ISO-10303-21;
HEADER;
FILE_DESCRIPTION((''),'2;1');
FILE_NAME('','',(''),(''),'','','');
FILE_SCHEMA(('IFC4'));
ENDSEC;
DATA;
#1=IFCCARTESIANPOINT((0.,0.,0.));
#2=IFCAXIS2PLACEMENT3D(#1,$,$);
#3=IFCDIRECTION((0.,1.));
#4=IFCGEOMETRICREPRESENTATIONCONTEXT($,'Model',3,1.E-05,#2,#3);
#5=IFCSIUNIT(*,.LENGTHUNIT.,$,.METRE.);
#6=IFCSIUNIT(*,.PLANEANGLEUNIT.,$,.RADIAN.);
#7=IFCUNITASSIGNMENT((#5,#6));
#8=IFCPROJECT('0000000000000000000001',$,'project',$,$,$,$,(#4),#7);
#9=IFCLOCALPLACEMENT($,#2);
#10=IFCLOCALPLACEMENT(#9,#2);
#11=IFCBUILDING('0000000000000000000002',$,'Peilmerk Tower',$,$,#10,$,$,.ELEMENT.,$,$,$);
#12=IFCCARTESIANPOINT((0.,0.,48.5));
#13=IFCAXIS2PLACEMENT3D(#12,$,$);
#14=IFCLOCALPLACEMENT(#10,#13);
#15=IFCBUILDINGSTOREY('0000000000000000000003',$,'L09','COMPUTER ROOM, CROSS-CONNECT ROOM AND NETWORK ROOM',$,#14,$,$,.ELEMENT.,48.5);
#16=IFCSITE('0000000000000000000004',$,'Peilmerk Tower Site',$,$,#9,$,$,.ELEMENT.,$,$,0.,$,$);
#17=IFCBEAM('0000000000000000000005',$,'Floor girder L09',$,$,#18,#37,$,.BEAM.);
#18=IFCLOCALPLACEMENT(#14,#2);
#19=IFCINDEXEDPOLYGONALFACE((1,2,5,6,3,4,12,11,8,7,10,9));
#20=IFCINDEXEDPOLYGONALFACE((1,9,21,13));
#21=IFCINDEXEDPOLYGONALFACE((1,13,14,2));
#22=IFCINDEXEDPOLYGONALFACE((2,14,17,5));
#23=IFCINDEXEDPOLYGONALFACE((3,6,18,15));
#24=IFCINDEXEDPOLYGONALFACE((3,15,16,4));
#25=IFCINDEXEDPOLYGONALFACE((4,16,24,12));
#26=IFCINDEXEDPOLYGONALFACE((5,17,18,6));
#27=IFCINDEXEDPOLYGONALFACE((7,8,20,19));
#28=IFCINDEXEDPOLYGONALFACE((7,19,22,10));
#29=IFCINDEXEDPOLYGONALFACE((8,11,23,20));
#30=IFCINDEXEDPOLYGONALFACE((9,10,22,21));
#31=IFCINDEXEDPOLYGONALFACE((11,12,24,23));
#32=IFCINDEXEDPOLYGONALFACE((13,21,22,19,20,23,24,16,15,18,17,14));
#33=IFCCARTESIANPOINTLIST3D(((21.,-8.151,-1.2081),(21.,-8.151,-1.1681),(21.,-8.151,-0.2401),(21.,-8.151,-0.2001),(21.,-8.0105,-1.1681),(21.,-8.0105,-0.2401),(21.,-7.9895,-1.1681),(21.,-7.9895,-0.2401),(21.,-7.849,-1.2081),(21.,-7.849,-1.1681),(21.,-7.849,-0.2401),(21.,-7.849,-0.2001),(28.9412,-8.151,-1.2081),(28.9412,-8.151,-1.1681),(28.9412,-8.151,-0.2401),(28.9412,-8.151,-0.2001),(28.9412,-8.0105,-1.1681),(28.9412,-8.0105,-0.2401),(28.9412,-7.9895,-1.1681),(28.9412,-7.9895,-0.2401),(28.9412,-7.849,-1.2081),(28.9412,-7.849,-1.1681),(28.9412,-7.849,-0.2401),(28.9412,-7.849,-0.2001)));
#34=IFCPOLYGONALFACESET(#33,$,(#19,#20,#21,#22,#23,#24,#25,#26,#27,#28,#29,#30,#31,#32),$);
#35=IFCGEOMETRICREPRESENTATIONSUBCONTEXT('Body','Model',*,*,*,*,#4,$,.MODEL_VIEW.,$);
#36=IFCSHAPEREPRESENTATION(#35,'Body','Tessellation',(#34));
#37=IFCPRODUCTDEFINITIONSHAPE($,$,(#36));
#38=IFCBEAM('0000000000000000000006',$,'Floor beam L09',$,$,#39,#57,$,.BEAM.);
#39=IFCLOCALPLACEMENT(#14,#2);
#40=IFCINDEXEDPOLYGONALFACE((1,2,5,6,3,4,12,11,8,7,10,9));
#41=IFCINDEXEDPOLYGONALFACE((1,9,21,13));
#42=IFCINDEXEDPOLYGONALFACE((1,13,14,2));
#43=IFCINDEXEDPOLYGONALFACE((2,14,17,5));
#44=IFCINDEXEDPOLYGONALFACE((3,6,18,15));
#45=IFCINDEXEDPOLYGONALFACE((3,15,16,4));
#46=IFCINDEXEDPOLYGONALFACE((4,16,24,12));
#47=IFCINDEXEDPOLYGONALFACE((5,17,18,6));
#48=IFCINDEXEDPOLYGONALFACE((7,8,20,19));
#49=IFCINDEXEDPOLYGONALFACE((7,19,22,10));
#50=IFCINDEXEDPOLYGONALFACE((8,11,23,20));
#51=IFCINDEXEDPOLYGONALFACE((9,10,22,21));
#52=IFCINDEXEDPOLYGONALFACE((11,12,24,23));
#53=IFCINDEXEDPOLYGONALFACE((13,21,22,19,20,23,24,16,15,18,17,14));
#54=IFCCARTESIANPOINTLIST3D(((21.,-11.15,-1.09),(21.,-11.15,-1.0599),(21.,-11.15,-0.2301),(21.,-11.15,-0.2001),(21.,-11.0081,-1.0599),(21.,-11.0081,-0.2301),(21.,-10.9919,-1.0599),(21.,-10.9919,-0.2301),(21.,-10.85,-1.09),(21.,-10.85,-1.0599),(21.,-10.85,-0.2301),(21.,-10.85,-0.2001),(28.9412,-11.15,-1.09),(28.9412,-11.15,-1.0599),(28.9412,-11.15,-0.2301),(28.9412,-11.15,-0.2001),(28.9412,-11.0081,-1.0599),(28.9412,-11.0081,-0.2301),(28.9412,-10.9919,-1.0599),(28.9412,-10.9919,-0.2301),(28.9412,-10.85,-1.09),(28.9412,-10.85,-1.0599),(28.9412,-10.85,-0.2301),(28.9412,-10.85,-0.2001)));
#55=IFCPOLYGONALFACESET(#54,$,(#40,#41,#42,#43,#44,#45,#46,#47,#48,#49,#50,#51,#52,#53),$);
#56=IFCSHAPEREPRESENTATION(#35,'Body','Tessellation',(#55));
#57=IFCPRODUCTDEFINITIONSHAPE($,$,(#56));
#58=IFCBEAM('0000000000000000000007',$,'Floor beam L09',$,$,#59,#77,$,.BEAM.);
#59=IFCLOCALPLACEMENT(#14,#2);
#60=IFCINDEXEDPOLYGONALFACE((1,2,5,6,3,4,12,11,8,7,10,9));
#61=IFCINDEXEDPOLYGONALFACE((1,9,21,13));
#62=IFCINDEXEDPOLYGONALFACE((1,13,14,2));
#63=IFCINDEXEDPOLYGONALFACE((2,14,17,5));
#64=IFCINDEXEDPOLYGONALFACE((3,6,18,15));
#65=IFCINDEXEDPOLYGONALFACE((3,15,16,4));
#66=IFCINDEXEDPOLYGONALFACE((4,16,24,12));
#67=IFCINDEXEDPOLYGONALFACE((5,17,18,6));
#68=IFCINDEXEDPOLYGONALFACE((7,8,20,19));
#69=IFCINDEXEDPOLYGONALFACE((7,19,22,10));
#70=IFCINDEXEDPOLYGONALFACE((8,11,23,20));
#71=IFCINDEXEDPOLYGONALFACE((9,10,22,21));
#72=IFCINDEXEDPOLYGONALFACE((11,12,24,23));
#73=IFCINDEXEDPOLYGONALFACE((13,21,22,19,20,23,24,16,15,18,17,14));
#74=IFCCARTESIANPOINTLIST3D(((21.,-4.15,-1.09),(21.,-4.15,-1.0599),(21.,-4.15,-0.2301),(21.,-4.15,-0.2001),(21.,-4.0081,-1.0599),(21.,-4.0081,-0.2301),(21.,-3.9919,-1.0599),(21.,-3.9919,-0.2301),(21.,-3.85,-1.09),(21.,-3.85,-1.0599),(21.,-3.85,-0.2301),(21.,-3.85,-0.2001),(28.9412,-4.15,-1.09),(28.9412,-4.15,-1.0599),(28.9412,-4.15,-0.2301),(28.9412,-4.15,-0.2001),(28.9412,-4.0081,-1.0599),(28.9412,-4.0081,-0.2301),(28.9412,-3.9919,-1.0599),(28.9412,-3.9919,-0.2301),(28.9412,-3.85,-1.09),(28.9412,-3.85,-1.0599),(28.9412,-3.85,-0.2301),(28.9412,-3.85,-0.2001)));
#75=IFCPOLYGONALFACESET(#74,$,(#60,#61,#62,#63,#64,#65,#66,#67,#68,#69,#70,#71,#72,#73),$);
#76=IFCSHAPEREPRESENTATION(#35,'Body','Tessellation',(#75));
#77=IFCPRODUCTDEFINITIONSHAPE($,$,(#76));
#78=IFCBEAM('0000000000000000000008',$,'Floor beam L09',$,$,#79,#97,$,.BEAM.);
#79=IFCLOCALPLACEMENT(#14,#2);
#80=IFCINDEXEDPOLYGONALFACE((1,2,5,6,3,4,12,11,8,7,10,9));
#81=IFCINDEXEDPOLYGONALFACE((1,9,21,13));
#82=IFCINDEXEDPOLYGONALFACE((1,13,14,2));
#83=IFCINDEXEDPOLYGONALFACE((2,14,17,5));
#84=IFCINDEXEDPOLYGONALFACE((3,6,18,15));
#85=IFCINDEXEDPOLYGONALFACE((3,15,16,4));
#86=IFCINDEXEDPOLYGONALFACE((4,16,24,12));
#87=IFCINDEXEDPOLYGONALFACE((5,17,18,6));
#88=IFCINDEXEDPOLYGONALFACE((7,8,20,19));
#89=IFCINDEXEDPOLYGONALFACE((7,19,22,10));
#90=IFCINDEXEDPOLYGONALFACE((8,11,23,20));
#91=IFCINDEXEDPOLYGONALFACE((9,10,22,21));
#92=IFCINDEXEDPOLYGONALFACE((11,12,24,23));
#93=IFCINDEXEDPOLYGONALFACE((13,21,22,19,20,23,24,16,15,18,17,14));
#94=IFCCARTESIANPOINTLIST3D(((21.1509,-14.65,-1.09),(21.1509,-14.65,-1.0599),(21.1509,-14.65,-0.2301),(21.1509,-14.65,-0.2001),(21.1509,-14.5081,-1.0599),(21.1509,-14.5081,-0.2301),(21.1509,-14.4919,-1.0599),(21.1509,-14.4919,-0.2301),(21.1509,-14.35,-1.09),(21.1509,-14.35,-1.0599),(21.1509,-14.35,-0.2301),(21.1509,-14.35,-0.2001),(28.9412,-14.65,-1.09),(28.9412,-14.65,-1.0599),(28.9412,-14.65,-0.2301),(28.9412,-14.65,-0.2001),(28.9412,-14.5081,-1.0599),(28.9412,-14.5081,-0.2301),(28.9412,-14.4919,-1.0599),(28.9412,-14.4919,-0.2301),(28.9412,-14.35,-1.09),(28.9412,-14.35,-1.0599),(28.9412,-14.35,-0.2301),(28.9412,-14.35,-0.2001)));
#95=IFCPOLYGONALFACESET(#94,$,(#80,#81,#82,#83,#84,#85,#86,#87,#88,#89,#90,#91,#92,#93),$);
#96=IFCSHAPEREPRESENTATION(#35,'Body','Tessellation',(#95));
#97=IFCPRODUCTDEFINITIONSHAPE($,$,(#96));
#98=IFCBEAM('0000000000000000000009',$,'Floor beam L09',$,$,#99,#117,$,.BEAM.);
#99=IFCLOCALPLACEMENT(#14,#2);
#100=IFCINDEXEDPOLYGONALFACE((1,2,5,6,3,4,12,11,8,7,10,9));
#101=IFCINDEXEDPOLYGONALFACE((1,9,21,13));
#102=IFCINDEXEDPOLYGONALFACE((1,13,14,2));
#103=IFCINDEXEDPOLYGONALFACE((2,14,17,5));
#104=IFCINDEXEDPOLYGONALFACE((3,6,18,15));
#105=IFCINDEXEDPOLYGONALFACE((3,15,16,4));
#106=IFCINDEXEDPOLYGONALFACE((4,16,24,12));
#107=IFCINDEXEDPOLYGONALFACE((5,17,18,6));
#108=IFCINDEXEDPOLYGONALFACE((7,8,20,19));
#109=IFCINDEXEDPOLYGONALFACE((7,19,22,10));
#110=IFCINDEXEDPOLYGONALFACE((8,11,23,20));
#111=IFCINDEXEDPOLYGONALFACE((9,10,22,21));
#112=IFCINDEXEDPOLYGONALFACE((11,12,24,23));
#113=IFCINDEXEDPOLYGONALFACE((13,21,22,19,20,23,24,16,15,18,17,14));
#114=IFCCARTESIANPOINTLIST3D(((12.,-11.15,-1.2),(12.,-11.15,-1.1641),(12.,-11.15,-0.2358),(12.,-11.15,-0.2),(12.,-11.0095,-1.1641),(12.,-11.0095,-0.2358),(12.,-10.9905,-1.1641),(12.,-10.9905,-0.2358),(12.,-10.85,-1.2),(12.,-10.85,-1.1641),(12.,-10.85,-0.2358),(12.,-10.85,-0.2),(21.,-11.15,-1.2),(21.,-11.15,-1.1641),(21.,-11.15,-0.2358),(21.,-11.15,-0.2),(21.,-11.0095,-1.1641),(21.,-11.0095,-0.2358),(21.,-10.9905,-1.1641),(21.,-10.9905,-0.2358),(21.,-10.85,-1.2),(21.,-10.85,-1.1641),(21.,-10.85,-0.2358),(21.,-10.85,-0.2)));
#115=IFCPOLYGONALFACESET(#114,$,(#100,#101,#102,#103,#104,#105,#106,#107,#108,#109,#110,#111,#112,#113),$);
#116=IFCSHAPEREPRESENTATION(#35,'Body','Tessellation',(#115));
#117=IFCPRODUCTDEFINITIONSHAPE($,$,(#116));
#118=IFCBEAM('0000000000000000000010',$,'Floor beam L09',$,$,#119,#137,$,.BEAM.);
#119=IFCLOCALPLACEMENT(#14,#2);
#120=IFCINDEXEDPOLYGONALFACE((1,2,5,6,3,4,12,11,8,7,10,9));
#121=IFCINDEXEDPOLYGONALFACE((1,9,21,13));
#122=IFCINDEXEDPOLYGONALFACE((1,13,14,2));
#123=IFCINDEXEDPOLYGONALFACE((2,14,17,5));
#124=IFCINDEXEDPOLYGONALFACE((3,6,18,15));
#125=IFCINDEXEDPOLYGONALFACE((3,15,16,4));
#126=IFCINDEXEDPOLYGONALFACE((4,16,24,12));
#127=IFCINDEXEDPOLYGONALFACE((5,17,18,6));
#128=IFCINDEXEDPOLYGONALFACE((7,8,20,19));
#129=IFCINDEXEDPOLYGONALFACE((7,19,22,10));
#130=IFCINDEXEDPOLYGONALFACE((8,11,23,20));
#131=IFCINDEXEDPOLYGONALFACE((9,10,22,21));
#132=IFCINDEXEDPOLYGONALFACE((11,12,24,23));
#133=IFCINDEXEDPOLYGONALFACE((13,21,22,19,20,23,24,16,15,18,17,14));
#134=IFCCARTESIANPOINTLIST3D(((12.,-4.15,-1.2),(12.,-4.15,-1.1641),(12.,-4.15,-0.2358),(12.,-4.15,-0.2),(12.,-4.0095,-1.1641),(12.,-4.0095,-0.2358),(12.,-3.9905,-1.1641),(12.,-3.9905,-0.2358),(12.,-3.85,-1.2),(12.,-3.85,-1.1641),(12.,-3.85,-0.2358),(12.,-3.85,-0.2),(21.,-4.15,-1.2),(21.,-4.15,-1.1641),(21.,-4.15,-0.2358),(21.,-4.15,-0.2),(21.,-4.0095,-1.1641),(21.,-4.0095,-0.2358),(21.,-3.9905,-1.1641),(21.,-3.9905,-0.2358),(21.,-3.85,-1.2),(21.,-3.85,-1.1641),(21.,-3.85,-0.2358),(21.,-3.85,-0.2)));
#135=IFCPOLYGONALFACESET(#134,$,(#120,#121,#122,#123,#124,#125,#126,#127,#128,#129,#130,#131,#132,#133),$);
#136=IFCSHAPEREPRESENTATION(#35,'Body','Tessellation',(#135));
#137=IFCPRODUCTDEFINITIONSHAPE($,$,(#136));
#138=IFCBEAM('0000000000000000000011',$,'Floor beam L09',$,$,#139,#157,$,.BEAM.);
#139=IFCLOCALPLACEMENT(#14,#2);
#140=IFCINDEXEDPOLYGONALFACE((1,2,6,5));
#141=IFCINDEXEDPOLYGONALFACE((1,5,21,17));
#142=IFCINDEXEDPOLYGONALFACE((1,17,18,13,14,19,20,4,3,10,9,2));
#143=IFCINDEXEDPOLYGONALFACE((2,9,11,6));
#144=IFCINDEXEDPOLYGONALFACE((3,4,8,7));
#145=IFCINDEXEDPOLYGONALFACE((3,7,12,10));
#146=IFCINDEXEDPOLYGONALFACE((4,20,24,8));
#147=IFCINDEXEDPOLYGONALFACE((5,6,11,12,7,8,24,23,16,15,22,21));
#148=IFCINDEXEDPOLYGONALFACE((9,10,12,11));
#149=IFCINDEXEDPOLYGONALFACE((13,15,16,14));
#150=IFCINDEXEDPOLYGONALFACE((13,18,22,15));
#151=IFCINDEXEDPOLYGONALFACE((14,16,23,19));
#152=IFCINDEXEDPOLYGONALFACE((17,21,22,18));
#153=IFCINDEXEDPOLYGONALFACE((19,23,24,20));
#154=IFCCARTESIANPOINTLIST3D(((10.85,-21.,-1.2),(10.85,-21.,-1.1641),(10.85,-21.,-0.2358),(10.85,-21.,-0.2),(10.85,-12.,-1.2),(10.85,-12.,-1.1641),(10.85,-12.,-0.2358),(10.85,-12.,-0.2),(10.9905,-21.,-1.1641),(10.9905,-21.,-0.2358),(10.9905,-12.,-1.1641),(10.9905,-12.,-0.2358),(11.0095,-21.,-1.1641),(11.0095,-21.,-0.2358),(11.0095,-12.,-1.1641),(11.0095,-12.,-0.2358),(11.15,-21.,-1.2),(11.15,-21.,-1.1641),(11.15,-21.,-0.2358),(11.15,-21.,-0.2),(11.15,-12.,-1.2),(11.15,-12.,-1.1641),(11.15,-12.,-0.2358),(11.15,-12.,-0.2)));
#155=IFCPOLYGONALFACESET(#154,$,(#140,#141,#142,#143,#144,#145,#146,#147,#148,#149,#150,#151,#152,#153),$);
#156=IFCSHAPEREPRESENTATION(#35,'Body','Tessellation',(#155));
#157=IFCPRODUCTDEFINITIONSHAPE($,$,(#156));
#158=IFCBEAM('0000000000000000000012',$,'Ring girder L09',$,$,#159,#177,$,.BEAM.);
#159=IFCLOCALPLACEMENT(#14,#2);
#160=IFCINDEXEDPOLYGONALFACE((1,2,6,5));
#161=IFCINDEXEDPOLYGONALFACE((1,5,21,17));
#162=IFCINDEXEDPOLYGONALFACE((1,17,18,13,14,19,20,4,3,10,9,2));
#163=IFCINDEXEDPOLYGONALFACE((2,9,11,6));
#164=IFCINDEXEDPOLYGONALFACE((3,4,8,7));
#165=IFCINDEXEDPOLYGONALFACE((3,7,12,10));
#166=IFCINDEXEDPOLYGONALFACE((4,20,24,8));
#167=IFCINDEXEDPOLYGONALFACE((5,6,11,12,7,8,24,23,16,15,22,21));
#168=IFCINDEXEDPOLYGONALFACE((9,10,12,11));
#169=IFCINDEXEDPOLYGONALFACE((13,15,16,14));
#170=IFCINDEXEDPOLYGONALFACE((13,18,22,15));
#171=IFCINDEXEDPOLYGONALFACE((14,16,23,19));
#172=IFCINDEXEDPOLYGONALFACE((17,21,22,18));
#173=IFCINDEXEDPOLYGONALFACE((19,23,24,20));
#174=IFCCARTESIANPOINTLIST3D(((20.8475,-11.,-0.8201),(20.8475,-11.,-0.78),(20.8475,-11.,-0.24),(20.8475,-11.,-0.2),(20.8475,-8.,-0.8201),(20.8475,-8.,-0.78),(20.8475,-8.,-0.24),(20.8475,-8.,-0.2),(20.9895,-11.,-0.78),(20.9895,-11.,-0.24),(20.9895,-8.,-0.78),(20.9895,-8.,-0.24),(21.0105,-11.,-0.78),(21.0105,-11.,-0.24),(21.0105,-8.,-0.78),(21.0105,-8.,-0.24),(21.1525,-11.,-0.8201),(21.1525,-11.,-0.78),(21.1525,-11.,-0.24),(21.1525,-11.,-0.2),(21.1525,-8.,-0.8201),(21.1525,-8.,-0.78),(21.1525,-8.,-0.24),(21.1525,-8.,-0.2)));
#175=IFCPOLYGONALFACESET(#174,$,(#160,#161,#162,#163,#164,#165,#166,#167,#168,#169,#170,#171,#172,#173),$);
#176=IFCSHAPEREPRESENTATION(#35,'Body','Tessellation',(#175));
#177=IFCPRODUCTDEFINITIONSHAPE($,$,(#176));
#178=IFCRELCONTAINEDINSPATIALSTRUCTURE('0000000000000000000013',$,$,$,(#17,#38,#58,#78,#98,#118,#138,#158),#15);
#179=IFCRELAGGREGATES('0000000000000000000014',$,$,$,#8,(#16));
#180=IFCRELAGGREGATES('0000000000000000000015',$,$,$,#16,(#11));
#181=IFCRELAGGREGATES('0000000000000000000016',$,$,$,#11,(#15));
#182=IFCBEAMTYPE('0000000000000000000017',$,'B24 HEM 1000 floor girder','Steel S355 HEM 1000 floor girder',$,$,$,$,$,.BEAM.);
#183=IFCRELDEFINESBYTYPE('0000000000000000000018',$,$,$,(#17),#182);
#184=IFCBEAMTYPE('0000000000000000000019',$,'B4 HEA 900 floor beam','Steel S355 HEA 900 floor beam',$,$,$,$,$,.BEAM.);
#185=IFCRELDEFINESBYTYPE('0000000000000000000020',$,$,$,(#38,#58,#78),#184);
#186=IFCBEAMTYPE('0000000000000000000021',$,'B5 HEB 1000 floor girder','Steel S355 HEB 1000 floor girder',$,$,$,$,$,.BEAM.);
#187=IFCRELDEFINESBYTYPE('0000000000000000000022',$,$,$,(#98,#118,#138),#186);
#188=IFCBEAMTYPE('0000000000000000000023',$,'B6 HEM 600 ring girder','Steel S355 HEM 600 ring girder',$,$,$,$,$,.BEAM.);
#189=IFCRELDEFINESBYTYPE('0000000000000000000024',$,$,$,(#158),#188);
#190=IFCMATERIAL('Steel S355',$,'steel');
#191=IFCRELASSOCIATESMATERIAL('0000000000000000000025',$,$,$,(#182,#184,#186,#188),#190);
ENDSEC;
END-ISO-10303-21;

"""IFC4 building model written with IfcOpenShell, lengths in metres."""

from ifc_helpers import new_model, si_unit, direction, frame, origin, origin_2d, place, context, subcontext, project, spatial, i_section, extrude, material, material_profile, profile_set, type_object, element, save


model = new_model("IFC4")

# Units and contexts
model_context = context("Model", 3, precision=1e-05, world=origin(), true_north=direction((0.0, 1.0)))
body_context = subcontext(model_context, "Body", "Model", "MODEL_VIEW")
ifc_project = project(units=[si_unit("LENGTHUNIT", "METRE"), si_unit("PLANEANGLEUNIT", "RADIAN")], contexts=[model_context])

# Site, building, storey
site_placement = place(None, origin())
site = spatial("IfcSite", under=ifc_project, at=site_placement, Name="Peilmerk Tower Site", CompositionType="ELEMENT", RefElevation=0.0)
building_placement = place(site_placement, origin())
building = spatial("IfcBuilding", under=site, at=building_placement, Name="Peilmerk Tower", CompositionType="ELEMENT")
storey_placement = place(building_placement, frame((0.0, 0.0, 48.5)))
storey = spatial("IfcBuildingStorey", under=building, at=storey_placement, Name="L09", Description="COMPUTER ROOM, CROSS-CONNECT ROOM AND NETWORK ROOM", CompositionType="ELEMENT", Elevation=48.5)

# Beams
ifc_material_1 = material(Name="Steel S355", Category="steel")
ifc_material_profile_1 = material_profile(ifc_material_1, i_section(OverallWidth=0.302, OverallDepth=1.0081, WebThickness=0.021, FlangeThickness=0.04, at=origin_2d()), Name="HEM 1000")
ifc_profile_set_1 = profile_set([ifc_material_profile_1], Name="Steel S355")
beam_type_1 = type_object("IfcBeamType", Name="B24 HEM 1000 floor girder", Description="Steel S355 HEM 1000 floor girder", PredefinedType="BEAM", material=ifc_profile_set_1)
beam_1_placement = place(storey_placement, frame((21.0, -8.0, -0.7041), z_axis=(1.0, 0.0, 0.0), x_axis=(0.0, 1.0, 0.0)))
element("IfcBeam", 1, at=beam_1_placement, inside=storey, type_object=beam_type_1, Name="Floor girder L09", PredefinedType="BEAM", context=body_context, shape_type="SweptSolid", body=[
    extrude(i_section(OverallWidth=0.302, OverallDepth=1.0081, WebThickness=0.021, FlangeThickness=0.04, at=origin_2d()), origin(), (0.0, 0.0, 1.0), 7.9412),
])
ifc_material_profile_2 = material_profile(ifc_material_1, i_section(OverallWidth=0.3, OverallDepth=0.8899, WebThickness=0.0161, FlangeThickness=0.03, at=origin_2d()), Name="HEA 900")
ifc_profile_set_2 = profile_set([ifc_material_profile_2], Name="Steel S355")
beam_type_2 = type_object("IfcBeamType", Name="B4 HEA 900 floor beam", Description="Steel S355 HEA 900 floor beam", PredefinedType="BEAM", material=ifc_profile_set_2)
for number, where, z_axis, x_axis, name in (
    (2, (21.0, -11.0, -0.645), (1.0, 0.0, 0.0), (0.0, 1.0, 0.0), "Floor beam L09"),
    (3, (21.0, -4.0, -0.645), (1.0, 0.0, 0.0), (0.0, 1.0, 0.0), "Floor beam L09"),
):
    element("IfcBeam", number, at=place(storey_placement, frame(where, z_axis=z_axis, x_axis=x_axis)), inside=storey, type_object=beam_type_2, Name=name, PredefinedType="BEAM", context=body_context, shape_type="SweptSolid", body=[
        extrude(i_section(OverallWidth=0.3, OverallDepth=0.8899, WebThickness=0.0161, FlangeThickness=0.03, at=origin_2d()), origin(), (0.0, 0.0, 1.0), 7.9412),
    ])
beam_2_placement = place(storey_placement, frame((21.1509, -14.5, -0.645), z_axis=(1.0, 0.0, 0.0), x_axis=(0.0, 1.0, 0.0)))
element("IfcBeam", 4, at=beam_2_placement, inside=storey, type_object=beam_type_2, Name="Floor beam L09", PredefinedType="BEAM", context=body_context, shape_type="SweptSolid", body=[
    extrude(i_section(OverallWidth=0.3, OverallDepth=0.8899, WebThickness=0.0161, FlangeThickness=0.03, at=origin_2d()), origin(), (0.0, 0.0, 1.0), 7.7903),
])
ifc_material_profile_3 = material_profile(ifc_material_1, i_section(OverallWidth=0.3, OverallDepth=1.0, WebThickness=0.019, FlangeThickness=0.0359, at=origin_2d()), Name="HEB 1000")
ifc_profile_set_3 = profile_set([ifc_material_profile_3], Name="Steel S355")
beam_type_3 = type_object("IfcBeamType", Name="B5 HEB 1000 floor girder", Description="Steel S355 HEB 1000 floor girder", PredefinedType="BEAM", material=ifc_profile_set_3)
for number, where, z_axis, x_axis, name in (
    (5, (12.0, -11.0, -0.7), (1.0, 0.0, 0.0), (0.0, 1.0, 0.0), "Floor beam L09"),
    (6, (12.0, -4.0, -0.7), (1.0, 0.0, 0.0), (0.0, 1.0, 0.0), "Floor beam L09"),
    (7, (11.0, -12.0, -0.7), (0.0, -1.0, 0.0), (1.0, 0.0, 0.0), "Floor beam L09"),
):
    element("IfcBeam", number, at=place(storey_placement, frame(where, z_axis=z_axis, x_axis=x_axis)), inside=storey, type_object=beam_type_3, Name=name, PredefinedType="BEAM", context=body_context, shape_type="SweptSolid", body=[
        extrude(i_section(OverallWidth=0.3, OverallDepth=1.0, WebThickness=0.019, FlangeThickness=0.0359, at=origin_2d()), origin(), (0.0, 0.0, 1.0), 9.0),
    ])
ifc_material_profile_4 = material_profile(ifc_material_1, i_section(OverallWidth=0.3049, OverallDepth=0.6201, WebThickness=0.021, FlangeThickness=0.04, at=origin_2d()), Name="HEM 600")
ifc_profile_set_4 = profile_set([ifc_material_profile_4], Name="Steel S355")
beam_type_4 = type_object("IfcBeamType", Name="B6 HEM 600 ring girder", Description="Steel S355 HEM 600 ring girder", PredefinedType="BEAM", material=ifc_profile_set_4)
beam_3_placement = place(storey_placement, frame((21.0, -11.0, -0.51), z_axis=(0.0, 1.0, 0.0), x_axis=(-1.0, 0.0, 0.0)))
element("IfcBeam", 8, at=beam_3_placement, inside=storey, type_object=beam_type_4, Name="Ring girder L09", PredefinedType="BEAM", context=body_context, shape_type="SweptSolid", body=[
    extrude(i_section(OverallWidth=0.3049, OverallDepth=0.6201, WebThickness=0.021, FlangeThickness=0.04, at=origin_2d()), origin(), (0.0, 0.0, 1.0), 3.0),
])

save(model, "model.ifc")
